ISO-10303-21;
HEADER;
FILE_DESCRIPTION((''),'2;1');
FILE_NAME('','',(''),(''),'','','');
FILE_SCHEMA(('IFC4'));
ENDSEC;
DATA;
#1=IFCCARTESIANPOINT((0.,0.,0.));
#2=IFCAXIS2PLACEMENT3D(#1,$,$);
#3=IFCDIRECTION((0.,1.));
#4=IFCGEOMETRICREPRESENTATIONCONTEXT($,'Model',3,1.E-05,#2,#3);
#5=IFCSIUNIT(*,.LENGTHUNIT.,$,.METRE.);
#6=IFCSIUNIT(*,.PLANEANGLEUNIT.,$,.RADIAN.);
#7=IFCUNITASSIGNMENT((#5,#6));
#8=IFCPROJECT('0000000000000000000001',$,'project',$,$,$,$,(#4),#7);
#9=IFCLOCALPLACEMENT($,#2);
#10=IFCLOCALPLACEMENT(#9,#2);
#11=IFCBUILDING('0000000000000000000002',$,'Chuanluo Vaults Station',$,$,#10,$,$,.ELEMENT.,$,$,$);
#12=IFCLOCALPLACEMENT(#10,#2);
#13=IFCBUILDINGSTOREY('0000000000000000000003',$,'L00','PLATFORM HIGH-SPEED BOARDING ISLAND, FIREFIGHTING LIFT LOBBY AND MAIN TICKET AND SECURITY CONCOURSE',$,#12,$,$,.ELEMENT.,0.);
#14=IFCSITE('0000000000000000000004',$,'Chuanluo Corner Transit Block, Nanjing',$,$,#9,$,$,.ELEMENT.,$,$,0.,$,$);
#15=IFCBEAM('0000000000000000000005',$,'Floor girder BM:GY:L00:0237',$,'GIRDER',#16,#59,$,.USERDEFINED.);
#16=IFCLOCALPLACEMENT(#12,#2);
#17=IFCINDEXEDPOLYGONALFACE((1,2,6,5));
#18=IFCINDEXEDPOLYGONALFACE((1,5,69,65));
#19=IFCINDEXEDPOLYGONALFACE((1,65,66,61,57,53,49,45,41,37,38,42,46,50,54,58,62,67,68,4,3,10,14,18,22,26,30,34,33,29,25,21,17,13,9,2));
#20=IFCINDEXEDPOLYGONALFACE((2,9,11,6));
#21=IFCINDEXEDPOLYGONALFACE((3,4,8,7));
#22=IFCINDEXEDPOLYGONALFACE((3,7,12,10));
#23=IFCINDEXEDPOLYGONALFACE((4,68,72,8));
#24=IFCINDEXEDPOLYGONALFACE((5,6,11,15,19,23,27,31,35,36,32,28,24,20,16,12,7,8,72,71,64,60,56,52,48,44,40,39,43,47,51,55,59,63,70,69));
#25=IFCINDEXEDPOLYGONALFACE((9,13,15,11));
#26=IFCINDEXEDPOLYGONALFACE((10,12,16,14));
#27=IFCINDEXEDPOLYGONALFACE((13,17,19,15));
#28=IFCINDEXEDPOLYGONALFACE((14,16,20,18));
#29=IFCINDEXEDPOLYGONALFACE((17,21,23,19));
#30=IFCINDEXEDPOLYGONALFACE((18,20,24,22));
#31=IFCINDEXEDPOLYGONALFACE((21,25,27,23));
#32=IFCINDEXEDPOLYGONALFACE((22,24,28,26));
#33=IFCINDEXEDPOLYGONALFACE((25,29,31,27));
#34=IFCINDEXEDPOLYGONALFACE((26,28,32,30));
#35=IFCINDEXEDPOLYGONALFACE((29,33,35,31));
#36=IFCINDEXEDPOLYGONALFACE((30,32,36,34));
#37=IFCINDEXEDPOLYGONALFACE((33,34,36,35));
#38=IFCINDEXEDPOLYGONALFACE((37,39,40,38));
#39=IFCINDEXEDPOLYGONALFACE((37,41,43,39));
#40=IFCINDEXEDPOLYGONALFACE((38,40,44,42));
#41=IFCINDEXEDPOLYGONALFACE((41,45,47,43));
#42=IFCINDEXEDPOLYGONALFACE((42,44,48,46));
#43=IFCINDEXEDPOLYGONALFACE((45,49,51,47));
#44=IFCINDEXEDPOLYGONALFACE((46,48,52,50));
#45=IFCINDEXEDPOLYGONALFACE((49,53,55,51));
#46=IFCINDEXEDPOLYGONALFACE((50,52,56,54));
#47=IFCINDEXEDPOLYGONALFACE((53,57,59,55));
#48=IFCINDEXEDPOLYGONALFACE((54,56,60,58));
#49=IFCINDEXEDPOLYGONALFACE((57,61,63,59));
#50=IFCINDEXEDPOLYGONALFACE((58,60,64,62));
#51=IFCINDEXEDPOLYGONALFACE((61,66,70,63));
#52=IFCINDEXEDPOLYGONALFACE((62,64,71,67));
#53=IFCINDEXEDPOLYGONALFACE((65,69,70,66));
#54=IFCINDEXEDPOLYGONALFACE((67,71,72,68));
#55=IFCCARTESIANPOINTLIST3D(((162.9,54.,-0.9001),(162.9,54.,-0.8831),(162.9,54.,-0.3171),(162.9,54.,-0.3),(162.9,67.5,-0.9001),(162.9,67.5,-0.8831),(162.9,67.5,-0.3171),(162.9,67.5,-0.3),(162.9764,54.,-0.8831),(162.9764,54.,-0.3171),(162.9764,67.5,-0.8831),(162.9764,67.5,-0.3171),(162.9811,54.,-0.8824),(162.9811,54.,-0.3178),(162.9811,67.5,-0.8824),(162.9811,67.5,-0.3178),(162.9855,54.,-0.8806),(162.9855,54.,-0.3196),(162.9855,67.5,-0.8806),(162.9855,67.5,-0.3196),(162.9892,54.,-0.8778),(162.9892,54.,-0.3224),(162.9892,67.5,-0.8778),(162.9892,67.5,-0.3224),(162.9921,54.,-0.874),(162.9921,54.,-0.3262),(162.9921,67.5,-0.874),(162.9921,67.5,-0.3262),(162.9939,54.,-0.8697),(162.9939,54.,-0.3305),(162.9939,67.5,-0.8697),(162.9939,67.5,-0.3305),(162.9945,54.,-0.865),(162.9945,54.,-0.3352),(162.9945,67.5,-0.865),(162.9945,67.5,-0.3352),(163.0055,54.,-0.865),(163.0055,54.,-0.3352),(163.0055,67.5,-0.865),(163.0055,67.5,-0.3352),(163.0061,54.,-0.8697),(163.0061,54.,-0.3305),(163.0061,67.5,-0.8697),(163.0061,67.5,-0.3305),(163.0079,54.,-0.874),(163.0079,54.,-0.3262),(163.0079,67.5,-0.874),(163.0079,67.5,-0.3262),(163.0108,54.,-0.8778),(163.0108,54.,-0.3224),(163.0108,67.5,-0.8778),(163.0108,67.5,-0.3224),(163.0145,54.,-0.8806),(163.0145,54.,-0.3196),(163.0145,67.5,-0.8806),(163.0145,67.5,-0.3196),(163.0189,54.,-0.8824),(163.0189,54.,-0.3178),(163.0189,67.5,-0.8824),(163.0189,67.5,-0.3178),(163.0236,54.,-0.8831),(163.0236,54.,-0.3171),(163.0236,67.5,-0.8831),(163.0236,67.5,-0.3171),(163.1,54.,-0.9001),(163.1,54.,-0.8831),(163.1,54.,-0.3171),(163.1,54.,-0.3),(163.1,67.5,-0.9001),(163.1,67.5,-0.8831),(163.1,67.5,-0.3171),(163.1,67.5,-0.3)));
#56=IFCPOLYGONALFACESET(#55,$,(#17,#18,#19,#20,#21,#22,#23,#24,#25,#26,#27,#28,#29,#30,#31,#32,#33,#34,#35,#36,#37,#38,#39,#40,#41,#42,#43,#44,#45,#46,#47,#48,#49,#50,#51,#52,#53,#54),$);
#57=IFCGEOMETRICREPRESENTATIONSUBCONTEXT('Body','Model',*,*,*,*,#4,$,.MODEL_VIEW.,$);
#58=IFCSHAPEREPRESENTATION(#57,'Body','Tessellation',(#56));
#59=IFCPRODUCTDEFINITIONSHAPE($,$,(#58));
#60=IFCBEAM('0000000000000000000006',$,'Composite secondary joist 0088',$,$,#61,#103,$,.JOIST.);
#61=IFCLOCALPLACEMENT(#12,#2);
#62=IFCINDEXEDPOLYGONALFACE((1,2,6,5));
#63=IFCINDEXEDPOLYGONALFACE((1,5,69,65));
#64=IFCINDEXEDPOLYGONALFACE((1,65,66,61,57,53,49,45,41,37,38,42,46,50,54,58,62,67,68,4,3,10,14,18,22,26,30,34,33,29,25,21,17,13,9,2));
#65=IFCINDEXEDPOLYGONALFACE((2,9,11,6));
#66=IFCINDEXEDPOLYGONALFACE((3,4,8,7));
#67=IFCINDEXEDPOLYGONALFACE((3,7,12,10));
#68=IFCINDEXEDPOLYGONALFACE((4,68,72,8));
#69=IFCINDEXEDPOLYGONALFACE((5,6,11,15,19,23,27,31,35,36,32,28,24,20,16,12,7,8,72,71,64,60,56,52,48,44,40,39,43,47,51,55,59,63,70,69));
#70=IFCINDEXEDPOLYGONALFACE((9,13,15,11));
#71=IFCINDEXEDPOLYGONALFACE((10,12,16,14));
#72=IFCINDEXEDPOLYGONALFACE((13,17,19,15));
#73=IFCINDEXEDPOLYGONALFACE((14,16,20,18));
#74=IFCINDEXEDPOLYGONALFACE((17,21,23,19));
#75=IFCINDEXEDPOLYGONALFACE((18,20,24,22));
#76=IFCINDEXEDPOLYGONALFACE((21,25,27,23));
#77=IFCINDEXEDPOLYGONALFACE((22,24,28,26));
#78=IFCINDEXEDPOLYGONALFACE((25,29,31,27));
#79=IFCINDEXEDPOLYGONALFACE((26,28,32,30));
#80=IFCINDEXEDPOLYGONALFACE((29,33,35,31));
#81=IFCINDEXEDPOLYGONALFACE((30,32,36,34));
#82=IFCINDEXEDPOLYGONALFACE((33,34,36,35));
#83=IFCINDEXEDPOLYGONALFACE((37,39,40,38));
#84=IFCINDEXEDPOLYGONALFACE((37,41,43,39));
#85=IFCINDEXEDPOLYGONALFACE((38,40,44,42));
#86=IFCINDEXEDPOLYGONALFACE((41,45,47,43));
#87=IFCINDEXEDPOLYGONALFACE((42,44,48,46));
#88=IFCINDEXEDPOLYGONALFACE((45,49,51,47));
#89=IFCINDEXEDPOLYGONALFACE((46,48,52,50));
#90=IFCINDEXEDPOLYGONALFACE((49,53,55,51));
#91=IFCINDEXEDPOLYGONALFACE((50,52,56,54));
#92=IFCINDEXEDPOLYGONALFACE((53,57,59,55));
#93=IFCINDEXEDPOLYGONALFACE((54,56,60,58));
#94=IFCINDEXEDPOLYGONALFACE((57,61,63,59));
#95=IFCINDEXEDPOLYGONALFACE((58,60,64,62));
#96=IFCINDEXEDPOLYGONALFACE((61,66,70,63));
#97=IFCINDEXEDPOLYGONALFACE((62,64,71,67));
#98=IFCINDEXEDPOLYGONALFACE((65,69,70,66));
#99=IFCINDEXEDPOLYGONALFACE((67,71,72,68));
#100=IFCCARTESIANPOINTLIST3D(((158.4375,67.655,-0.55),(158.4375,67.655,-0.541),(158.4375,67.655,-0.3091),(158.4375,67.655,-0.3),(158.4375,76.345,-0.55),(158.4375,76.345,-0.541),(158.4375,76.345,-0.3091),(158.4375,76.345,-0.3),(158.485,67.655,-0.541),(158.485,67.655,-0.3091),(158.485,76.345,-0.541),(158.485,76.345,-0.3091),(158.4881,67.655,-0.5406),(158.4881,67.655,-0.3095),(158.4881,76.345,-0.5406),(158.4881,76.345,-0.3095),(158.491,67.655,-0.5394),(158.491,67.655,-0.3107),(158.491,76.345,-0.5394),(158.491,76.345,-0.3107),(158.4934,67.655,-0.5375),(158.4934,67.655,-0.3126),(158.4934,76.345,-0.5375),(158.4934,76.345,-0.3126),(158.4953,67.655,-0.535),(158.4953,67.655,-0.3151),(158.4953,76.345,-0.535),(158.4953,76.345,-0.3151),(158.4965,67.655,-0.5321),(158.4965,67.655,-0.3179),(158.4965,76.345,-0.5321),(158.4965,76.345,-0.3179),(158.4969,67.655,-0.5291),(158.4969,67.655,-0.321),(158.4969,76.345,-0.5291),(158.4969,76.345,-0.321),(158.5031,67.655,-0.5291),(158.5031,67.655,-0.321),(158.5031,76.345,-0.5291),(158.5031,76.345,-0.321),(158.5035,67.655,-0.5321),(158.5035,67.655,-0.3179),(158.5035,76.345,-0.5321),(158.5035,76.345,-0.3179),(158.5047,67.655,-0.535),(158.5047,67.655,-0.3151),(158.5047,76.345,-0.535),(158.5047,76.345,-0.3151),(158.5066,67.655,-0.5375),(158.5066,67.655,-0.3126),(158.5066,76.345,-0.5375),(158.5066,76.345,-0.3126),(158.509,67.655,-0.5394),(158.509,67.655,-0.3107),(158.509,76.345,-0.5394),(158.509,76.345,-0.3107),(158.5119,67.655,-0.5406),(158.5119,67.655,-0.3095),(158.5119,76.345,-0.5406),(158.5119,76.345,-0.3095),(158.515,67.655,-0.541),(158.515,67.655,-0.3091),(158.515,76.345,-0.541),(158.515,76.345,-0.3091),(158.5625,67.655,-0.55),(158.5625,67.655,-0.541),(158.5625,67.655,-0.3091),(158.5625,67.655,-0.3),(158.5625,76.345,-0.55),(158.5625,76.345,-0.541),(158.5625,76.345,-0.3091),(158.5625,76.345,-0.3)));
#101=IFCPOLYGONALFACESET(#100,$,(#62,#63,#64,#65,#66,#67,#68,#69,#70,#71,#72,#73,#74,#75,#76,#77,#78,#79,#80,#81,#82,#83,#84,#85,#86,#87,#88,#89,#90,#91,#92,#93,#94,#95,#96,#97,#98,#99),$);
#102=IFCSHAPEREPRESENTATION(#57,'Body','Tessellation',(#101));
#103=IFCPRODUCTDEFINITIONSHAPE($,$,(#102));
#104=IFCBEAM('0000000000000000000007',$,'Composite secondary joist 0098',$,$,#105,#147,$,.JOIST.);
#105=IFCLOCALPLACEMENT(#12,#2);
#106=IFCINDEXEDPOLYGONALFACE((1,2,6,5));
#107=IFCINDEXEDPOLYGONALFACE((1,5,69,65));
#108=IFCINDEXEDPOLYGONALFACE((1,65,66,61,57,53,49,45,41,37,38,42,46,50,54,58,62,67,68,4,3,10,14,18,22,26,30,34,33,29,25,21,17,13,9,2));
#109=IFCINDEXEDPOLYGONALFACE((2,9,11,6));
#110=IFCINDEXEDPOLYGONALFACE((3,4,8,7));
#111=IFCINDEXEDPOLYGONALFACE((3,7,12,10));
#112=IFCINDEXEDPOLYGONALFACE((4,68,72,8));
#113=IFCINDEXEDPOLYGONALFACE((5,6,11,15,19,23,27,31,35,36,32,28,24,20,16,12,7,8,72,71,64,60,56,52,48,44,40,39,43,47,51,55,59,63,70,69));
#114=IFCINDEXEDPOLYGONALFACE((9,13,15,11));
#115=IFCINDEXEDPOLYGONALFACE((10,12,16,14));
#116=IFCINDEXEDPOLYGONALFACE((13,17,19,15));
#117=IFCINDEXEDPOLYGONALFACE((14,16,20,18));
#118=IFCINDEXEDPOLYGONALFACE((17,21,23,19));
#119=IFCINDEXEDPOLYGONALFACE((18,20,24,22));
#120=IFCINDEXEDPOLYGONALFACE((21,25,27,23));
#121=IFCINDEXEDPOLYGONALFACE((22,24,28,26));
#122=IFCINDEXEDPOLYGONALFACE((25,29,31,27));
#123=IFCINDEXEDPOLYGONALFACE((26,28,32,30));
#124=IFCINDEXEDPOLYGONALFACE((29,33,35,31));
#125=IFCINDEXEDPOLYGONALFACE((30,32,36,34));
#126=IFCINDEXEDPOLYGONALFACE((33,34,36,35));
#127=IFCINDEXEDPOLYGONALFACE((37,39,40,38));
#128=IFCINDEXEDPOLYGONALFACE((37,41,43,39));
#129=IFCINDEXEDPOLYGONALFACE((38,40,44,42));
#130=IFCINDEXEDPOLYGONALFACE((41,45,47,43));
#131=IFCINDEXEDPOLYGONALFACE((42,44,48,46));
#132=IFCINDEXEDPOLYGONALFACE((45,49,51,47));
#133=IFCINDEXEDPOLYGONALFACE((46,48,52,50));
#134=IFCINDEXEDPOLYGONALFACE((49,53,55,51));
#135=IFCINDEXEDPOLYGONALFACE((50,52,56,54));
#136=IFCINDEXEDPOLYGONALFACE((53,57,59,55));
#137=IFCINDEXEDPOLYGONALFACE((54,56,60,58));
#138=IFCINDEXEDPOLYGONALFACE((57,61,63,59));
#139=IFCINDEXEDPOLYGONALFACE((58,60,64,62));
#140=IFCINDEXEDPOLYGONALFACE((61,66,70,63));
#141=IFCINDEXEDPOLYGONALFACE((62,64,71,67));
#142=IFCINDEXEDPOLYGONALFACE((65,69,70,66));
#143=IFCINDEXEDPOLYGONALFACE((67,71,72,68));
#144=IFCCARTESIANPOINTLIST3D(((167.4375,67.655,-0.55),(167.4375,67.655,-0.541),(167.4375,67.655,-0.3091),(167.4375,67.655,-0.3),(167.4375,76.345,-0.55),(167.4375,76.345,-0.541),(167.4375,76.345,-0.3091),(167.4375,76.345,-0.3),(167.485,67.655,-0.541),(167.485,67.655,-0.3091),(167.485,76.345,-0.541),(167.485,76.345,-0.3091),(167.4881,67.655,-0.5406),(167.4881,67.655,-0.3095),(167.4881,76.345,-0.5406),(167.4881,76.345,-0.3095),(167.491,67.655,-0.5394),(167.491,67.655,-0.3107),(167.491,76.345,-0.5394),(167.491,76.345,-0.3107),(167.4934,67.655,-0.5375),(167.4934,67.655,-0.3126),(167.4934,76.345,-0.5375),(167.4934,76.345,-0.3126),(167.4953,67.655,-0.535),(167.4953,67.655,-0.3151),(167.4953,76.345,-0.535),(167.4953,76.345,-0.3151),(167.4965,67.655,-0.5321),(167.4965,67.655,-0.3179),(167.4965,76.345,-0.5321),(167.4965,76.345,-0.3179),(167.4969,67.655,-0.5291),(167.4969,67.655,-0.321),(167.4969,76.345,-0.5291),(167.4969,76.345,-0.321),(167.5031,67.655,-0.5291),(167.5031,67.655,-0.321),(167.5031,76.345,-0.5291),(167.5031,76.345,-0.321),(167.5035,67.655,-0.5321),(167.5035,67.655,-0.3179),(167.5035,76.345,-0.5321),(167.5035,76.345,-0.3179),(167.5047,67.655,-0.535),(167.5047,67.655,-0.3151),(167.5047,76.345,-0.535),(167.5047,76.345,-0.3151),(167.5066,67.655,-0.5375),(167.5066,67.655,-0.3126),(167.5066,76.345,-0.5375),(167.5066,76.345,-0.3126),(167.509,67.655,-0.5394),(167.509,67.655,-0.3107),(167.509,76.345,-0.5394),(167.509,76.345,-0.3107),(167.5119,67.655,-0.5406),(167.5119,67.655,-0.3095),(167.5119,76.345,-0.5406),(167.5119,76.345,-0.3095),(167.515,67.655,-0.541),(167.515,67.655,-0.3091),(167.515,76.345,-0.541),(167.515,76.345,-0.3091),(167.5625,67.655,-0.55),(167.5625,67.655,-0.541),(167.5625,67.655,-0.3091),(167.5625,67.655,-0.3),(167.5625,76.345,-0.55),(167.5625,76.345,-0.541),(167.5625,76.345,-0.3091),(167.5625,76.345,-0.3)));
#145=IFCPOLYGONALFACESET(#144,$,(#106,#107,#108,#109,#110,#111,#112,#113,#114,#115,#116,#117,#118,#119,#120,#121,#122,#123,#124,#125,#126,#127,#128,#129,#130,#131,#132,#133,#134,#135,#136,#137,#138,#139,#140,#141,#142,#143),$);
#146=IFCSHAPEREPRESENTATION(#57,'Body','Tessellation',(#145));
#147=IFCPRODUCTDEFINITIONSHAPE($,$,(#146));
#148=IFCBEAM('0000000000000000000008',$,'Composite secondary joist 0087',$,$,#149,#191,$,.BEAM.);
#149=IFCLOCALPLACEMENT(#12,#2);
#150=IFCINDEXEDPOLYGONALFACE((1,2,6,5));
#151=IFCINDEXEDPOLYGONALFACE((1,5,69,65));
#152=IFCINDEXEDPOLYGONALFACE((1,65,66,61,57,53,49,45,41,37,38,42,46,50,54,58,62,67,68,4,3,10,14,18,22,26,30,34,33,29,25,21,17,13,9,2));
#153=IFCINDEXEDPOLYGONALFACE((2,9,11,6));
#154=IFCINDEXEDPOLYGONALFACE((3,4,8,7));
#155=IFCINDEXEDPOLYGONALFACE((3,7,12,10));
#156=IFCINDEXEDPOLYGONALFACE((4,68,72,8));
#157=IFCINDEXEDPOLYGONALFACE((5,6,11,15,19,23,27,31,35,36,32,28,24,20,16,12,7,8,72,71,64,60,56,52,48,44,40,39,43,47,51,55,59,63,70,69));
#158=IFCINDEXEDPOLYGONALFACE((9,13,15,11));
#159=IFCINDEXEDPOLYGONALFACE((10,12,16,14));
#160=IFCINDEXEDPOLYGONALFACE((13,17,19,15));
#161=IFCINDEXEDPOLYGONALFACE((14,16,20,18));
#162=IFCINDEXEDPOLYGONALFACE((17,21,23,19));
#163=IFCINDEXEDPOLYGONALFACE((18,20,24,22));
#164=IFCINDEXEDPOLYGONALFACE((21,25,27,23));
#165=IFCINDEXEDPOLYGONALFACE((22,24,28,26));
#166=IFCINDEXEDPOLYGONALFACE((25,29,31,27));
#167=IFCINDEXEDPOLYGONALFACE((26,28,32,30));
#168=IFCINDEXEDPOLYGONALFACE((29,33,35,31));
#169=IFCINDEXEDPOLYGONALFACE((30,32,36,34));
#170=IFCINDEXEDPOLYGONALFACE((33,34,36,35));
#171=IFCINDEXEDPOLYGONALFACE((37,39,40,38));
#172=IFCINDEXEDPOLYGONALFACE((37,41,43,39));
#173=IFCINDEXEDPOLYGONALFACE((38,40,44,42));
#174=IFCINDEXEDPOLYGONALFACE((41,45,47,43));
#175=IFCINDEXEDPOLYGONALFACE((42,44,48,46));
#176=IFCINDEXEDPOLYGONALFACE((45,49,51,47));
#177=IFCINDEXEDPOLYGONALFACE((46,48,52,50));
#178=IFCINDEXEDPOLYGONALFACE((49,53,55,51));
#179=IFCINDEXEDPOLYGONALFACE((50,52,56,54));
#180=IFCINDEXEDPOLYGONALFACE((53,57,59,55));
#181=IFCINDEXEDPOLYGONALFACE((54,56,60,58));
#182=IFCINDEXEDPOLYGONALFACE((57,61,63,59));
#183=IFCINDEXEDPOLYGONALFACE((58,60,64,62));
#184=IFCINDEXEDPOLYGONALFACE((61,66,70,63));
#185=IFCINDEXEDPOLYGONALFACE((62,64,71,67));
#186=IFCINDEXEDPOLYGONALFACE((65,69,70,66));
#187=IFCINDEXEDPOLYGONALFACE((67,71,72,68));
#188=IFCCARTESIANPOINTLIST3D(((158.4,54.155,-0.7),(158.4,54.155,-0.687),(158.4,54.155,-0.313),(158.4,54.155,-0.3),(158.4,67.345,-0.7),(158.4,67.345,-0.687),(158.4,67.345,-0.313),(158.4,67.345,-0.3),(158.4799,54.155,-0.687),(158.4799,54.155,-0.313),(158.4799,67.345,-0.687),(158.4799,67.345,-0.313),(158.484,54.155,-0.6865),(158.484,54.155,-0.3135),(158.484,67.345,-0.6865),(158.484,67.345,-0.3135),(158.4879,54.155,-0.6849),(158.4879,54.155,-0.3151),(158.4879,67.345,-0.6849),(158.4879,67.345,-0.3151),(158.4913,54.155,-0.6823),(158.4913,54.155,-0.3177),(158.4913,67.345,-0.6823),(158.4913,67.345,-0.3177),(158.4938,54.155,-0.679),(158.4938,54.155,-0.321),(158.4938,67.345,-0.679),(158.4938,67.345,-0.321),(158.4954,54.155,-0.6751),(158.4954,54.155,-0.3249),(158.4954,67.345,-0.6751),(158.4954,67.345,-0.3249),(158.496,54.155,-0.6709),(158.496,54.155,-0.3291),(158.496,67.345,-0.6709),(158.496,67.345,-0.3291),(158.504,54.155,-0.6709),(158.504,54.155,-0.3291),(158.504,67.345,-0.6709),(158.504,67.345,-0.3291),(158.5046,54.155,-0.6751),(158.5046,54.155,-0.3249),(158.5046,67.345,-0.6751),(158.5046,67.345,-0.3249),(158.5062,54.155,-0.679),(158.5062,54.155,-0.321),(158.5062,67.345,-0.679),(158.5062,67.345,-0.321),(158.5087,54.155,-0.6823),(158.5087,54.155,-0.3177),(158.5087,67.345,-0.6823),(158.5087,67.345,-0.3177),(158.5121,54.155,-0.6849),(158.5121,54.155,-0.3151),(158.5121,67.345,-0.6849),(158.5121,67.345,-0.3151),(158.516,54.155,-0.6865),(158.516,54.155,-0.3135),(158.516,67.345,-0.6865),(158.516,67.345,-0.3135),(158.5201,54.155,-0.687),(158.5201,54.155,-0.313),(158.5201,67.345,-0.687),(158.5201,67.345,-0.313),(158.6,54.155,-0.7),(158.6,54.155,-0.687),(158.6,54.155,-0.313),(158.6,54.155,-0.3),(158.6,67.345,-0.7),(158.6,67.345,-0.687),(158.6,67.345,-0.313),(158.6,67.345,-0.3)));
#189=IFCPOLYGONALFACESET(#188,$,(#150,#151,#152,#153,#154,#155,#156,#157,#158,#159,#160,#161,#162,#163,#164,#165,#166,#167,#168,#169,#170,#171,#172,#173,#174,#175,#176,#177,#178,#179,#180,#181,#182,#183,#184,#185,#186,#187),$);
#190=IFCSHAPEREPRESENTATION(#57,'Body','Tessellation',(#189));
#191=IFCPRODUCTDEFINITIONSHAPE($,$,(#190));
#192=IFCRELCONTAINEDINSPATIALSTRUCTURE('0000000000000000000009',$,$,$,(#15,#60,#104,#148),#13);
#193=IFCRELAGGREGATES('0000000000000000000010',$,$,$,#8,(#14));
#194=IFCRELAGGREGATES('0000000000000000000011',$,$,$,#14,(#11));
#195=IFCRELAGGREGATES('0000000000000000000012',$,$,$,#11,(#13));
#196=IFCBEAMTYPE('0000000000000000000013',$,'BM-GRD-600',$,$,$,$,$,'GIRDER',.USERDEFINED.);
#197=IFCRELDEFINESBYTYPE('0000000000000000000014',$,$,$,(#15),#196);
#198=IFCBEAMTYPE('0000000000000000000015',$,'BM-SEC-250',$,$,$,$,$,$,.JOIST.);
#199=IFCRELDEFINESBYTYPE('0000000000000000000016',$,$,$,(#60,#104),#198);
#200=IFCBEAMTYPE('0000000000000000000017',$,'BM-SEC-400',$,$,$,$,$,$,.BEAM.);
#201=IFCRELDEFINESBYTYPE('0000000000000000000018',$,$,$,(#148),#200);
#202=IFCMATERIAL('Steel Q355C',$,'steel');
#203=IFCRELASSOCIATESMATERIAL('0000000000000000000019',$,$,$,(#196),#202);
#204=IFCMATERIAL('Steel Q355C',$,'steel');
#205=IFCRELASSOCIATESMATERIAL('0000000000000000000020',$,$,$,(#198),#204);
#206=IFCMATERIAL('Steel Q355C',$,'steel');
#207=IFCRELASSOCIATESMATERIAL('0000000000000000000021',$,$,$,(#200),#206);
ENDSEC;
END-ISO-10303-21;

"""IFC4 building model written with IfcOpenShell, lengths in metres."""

from ifc_helpers import new_model, si_unit, direction, frame, origin, origin_2d, place, context, subcontext, project, spatial, i_section, extrude, material, material_profile, profile_set, type_object, element, save


model = new_model("IFC4")

# Units and contexts
model_context = context("Model", 3, precision=1e-05, world=origin(), true_north=direction((0.0, 1.0)))
body_context = subcontext(model_context, "Body", "Model", "MODEL_VIEW")
ifc_project = project(units=[si_unit("LENGTHUNIT", "METRE"), si_unit("PLANEANGLEUNIT", "RADIAN")], contexts=[model_context])

# Site, building, storey
site_placement = place(None, origin())
site = spatial("IfcSite", under=ifc_project, at=site_placement, Name="Chuanluo Corner Transit Block, Nanjing", CompositionType="ELEMENT", RefElevation=0.0)
building_placement = place(site_placement, origin())
building = spatial("IfcBuilding", under=site, at=building_placement, Name="Chuanluo Vaults Station", CompositionType="ELEMENT")
storey_placement = place(building_placement, origin())
storey = spatial("IfcBuildingStorey", under=building, at=storey_placement, Name="L00", Description="PLATFORM HIGH-SPEED BOARDING ISLAND, FIREFIGHTING LIFT LOBBY AND MAIN TICKET AND SECURITY CONCOURSE", CompositionType="ELEMENT", Elevation=0.0)

# Beams
ifc_material_1 = material(Name="Steel Q355C", Category="steel")
ifc_material_profile_1 = material_profile(ifc_material_1, i_section(OverallWidth=0.2, OverallDepth=0.6001, WebThickness=0.011, FlangeThickness=0.0171, FilletRadius=0.0181, at=origin_2d()))
ifc_profile_set_1 = profile_set([ifc_material_profile_1], Name="Steel Q355C")
beam_type_1 = type_object("IfcBeamType", Name="BM-GRD-600", ElementType="GIRDER", PredefinedType="USERDEFINED", material=ifc_profile_set_1)
for number, where, z_axis, x_axis, name in (
    (1, (163.0, 54.0, -0.6001), (0.0, 1.0, 0.0), (-1.0, 0.0, 0.0), "Floor girder BM:GY:L00:0237"),
):
    element("IfcBeam", number, at=place(storey_placement, frame(where, z_axis=z_axis, x_axis=x_axis)), inside=storey, type_object=beam_type_1, Name=name, ObjectType="GIRDER", PredefinedType="USERDEFINED", context=body_context, shape_type="SweptSolid", body=[
        extrude(i_section(OverallWidth=0.2, OverallDepth=0.6001, WebThickness=0.011, FlangeThickness=0.0171, FilletRadius=0.0181, at=origin_2d()), origin(), (0.0, 0.0, 1.0), 13.5),
    ])
ifc_material_2 = material(Name="Steel Q355C", Category="steel")
ifc_material_profile_2 = material_profile(ifc_material_2, i_section(OverallWidth=0.125, OverallDepth=0.25, WebThickness=0.0061, FlangeThickness=0.009, FilletRadius=0.012, at=origin_2d()))
ifc_profile_set_2 = profile_set([ifc_material_profile_2], Name="Steel Q355C")
beam_type_2 = type_object("IfcBeamType", Name="BM-SEC-250", PredefinedType="JOIST", material=ifc_profile_set_2)
for number, where, z_axis, x_axis, name in (
    (2, (158.5, 67.655, -0.425), (0.0, 1.0, 0.0), (-1.0, 0.0, 0.0), "Composite secondary joist 0088"),
    (3, (167.5, 67.655, -0.425), (0.0, 1.0, 0.0), (-1.0, 0.0, 0.0), "Composite secondary joist 0098"),
):
    element("IfcBeam", number, at=place(storey_placement, frame(where, z_axis=z_axis, x_axis=x_axis)), inside=storey, type_object=beam_type_2, Name=name, PredefinedType="JOIST", context=body_context, shape_type="SweptSolid", body=[
        extrude(i_section(OverallWidth=0.125, OverallDepth=0.25, WebThickness=0.0061, FlangeThickness=0.009, FilletRadius=0.012, at=origin_2d()), origin(), (0.0, 0.0, 1.0), 8.6899),
    ])
ifc_material_3 = material(Name="Steel Q355C", Category="steel")
ifc_material_profile_3 = material_profile(ifc_material_3, i_section(OverallWidth=0.2, OverallDepth=0.3999, WebThickness=0.0081, FlangeThickness=0.0129, FilletRadius=0.0161, at=origin_2d()))
ifc_profile_set_3 = profile_set([ifc_material_profile_3], Name="Steel Q355C")
beam_type_3 = type_object("IfcBeamType", Name="BM-SEC-400", PredefinedType="BEAM", material=ifc_profile_set_3)
for number, where, z_axis, x_axis, name in (
    (4, (158.5, 54.155, -0.5), (0.0, 1.0, 0.0), (-1.0, 0.0, 0.0), "Composite secondary joist 0087"),
):
    element("IfcBeam", number, at=place(storey_placement, frame(where, z_axis=z_axis, x_axis=x_axis)), inside=storey, type_object=beam_type_3, Name=name, PredefinedType="BEAM", context=body_context, shape_type="SweptSolid", body=[
        extrude(i_section(OverallWidth=0.2, OverallDepth=0.3999, WebThickness=0.0081, FlangeThickness=0.0129, FilletRadius=0.0161, at=origin_2d()), origin(), (0.0, 0.0, 1.0), 13.1899),
    ])

save(model, "model.ifc")
